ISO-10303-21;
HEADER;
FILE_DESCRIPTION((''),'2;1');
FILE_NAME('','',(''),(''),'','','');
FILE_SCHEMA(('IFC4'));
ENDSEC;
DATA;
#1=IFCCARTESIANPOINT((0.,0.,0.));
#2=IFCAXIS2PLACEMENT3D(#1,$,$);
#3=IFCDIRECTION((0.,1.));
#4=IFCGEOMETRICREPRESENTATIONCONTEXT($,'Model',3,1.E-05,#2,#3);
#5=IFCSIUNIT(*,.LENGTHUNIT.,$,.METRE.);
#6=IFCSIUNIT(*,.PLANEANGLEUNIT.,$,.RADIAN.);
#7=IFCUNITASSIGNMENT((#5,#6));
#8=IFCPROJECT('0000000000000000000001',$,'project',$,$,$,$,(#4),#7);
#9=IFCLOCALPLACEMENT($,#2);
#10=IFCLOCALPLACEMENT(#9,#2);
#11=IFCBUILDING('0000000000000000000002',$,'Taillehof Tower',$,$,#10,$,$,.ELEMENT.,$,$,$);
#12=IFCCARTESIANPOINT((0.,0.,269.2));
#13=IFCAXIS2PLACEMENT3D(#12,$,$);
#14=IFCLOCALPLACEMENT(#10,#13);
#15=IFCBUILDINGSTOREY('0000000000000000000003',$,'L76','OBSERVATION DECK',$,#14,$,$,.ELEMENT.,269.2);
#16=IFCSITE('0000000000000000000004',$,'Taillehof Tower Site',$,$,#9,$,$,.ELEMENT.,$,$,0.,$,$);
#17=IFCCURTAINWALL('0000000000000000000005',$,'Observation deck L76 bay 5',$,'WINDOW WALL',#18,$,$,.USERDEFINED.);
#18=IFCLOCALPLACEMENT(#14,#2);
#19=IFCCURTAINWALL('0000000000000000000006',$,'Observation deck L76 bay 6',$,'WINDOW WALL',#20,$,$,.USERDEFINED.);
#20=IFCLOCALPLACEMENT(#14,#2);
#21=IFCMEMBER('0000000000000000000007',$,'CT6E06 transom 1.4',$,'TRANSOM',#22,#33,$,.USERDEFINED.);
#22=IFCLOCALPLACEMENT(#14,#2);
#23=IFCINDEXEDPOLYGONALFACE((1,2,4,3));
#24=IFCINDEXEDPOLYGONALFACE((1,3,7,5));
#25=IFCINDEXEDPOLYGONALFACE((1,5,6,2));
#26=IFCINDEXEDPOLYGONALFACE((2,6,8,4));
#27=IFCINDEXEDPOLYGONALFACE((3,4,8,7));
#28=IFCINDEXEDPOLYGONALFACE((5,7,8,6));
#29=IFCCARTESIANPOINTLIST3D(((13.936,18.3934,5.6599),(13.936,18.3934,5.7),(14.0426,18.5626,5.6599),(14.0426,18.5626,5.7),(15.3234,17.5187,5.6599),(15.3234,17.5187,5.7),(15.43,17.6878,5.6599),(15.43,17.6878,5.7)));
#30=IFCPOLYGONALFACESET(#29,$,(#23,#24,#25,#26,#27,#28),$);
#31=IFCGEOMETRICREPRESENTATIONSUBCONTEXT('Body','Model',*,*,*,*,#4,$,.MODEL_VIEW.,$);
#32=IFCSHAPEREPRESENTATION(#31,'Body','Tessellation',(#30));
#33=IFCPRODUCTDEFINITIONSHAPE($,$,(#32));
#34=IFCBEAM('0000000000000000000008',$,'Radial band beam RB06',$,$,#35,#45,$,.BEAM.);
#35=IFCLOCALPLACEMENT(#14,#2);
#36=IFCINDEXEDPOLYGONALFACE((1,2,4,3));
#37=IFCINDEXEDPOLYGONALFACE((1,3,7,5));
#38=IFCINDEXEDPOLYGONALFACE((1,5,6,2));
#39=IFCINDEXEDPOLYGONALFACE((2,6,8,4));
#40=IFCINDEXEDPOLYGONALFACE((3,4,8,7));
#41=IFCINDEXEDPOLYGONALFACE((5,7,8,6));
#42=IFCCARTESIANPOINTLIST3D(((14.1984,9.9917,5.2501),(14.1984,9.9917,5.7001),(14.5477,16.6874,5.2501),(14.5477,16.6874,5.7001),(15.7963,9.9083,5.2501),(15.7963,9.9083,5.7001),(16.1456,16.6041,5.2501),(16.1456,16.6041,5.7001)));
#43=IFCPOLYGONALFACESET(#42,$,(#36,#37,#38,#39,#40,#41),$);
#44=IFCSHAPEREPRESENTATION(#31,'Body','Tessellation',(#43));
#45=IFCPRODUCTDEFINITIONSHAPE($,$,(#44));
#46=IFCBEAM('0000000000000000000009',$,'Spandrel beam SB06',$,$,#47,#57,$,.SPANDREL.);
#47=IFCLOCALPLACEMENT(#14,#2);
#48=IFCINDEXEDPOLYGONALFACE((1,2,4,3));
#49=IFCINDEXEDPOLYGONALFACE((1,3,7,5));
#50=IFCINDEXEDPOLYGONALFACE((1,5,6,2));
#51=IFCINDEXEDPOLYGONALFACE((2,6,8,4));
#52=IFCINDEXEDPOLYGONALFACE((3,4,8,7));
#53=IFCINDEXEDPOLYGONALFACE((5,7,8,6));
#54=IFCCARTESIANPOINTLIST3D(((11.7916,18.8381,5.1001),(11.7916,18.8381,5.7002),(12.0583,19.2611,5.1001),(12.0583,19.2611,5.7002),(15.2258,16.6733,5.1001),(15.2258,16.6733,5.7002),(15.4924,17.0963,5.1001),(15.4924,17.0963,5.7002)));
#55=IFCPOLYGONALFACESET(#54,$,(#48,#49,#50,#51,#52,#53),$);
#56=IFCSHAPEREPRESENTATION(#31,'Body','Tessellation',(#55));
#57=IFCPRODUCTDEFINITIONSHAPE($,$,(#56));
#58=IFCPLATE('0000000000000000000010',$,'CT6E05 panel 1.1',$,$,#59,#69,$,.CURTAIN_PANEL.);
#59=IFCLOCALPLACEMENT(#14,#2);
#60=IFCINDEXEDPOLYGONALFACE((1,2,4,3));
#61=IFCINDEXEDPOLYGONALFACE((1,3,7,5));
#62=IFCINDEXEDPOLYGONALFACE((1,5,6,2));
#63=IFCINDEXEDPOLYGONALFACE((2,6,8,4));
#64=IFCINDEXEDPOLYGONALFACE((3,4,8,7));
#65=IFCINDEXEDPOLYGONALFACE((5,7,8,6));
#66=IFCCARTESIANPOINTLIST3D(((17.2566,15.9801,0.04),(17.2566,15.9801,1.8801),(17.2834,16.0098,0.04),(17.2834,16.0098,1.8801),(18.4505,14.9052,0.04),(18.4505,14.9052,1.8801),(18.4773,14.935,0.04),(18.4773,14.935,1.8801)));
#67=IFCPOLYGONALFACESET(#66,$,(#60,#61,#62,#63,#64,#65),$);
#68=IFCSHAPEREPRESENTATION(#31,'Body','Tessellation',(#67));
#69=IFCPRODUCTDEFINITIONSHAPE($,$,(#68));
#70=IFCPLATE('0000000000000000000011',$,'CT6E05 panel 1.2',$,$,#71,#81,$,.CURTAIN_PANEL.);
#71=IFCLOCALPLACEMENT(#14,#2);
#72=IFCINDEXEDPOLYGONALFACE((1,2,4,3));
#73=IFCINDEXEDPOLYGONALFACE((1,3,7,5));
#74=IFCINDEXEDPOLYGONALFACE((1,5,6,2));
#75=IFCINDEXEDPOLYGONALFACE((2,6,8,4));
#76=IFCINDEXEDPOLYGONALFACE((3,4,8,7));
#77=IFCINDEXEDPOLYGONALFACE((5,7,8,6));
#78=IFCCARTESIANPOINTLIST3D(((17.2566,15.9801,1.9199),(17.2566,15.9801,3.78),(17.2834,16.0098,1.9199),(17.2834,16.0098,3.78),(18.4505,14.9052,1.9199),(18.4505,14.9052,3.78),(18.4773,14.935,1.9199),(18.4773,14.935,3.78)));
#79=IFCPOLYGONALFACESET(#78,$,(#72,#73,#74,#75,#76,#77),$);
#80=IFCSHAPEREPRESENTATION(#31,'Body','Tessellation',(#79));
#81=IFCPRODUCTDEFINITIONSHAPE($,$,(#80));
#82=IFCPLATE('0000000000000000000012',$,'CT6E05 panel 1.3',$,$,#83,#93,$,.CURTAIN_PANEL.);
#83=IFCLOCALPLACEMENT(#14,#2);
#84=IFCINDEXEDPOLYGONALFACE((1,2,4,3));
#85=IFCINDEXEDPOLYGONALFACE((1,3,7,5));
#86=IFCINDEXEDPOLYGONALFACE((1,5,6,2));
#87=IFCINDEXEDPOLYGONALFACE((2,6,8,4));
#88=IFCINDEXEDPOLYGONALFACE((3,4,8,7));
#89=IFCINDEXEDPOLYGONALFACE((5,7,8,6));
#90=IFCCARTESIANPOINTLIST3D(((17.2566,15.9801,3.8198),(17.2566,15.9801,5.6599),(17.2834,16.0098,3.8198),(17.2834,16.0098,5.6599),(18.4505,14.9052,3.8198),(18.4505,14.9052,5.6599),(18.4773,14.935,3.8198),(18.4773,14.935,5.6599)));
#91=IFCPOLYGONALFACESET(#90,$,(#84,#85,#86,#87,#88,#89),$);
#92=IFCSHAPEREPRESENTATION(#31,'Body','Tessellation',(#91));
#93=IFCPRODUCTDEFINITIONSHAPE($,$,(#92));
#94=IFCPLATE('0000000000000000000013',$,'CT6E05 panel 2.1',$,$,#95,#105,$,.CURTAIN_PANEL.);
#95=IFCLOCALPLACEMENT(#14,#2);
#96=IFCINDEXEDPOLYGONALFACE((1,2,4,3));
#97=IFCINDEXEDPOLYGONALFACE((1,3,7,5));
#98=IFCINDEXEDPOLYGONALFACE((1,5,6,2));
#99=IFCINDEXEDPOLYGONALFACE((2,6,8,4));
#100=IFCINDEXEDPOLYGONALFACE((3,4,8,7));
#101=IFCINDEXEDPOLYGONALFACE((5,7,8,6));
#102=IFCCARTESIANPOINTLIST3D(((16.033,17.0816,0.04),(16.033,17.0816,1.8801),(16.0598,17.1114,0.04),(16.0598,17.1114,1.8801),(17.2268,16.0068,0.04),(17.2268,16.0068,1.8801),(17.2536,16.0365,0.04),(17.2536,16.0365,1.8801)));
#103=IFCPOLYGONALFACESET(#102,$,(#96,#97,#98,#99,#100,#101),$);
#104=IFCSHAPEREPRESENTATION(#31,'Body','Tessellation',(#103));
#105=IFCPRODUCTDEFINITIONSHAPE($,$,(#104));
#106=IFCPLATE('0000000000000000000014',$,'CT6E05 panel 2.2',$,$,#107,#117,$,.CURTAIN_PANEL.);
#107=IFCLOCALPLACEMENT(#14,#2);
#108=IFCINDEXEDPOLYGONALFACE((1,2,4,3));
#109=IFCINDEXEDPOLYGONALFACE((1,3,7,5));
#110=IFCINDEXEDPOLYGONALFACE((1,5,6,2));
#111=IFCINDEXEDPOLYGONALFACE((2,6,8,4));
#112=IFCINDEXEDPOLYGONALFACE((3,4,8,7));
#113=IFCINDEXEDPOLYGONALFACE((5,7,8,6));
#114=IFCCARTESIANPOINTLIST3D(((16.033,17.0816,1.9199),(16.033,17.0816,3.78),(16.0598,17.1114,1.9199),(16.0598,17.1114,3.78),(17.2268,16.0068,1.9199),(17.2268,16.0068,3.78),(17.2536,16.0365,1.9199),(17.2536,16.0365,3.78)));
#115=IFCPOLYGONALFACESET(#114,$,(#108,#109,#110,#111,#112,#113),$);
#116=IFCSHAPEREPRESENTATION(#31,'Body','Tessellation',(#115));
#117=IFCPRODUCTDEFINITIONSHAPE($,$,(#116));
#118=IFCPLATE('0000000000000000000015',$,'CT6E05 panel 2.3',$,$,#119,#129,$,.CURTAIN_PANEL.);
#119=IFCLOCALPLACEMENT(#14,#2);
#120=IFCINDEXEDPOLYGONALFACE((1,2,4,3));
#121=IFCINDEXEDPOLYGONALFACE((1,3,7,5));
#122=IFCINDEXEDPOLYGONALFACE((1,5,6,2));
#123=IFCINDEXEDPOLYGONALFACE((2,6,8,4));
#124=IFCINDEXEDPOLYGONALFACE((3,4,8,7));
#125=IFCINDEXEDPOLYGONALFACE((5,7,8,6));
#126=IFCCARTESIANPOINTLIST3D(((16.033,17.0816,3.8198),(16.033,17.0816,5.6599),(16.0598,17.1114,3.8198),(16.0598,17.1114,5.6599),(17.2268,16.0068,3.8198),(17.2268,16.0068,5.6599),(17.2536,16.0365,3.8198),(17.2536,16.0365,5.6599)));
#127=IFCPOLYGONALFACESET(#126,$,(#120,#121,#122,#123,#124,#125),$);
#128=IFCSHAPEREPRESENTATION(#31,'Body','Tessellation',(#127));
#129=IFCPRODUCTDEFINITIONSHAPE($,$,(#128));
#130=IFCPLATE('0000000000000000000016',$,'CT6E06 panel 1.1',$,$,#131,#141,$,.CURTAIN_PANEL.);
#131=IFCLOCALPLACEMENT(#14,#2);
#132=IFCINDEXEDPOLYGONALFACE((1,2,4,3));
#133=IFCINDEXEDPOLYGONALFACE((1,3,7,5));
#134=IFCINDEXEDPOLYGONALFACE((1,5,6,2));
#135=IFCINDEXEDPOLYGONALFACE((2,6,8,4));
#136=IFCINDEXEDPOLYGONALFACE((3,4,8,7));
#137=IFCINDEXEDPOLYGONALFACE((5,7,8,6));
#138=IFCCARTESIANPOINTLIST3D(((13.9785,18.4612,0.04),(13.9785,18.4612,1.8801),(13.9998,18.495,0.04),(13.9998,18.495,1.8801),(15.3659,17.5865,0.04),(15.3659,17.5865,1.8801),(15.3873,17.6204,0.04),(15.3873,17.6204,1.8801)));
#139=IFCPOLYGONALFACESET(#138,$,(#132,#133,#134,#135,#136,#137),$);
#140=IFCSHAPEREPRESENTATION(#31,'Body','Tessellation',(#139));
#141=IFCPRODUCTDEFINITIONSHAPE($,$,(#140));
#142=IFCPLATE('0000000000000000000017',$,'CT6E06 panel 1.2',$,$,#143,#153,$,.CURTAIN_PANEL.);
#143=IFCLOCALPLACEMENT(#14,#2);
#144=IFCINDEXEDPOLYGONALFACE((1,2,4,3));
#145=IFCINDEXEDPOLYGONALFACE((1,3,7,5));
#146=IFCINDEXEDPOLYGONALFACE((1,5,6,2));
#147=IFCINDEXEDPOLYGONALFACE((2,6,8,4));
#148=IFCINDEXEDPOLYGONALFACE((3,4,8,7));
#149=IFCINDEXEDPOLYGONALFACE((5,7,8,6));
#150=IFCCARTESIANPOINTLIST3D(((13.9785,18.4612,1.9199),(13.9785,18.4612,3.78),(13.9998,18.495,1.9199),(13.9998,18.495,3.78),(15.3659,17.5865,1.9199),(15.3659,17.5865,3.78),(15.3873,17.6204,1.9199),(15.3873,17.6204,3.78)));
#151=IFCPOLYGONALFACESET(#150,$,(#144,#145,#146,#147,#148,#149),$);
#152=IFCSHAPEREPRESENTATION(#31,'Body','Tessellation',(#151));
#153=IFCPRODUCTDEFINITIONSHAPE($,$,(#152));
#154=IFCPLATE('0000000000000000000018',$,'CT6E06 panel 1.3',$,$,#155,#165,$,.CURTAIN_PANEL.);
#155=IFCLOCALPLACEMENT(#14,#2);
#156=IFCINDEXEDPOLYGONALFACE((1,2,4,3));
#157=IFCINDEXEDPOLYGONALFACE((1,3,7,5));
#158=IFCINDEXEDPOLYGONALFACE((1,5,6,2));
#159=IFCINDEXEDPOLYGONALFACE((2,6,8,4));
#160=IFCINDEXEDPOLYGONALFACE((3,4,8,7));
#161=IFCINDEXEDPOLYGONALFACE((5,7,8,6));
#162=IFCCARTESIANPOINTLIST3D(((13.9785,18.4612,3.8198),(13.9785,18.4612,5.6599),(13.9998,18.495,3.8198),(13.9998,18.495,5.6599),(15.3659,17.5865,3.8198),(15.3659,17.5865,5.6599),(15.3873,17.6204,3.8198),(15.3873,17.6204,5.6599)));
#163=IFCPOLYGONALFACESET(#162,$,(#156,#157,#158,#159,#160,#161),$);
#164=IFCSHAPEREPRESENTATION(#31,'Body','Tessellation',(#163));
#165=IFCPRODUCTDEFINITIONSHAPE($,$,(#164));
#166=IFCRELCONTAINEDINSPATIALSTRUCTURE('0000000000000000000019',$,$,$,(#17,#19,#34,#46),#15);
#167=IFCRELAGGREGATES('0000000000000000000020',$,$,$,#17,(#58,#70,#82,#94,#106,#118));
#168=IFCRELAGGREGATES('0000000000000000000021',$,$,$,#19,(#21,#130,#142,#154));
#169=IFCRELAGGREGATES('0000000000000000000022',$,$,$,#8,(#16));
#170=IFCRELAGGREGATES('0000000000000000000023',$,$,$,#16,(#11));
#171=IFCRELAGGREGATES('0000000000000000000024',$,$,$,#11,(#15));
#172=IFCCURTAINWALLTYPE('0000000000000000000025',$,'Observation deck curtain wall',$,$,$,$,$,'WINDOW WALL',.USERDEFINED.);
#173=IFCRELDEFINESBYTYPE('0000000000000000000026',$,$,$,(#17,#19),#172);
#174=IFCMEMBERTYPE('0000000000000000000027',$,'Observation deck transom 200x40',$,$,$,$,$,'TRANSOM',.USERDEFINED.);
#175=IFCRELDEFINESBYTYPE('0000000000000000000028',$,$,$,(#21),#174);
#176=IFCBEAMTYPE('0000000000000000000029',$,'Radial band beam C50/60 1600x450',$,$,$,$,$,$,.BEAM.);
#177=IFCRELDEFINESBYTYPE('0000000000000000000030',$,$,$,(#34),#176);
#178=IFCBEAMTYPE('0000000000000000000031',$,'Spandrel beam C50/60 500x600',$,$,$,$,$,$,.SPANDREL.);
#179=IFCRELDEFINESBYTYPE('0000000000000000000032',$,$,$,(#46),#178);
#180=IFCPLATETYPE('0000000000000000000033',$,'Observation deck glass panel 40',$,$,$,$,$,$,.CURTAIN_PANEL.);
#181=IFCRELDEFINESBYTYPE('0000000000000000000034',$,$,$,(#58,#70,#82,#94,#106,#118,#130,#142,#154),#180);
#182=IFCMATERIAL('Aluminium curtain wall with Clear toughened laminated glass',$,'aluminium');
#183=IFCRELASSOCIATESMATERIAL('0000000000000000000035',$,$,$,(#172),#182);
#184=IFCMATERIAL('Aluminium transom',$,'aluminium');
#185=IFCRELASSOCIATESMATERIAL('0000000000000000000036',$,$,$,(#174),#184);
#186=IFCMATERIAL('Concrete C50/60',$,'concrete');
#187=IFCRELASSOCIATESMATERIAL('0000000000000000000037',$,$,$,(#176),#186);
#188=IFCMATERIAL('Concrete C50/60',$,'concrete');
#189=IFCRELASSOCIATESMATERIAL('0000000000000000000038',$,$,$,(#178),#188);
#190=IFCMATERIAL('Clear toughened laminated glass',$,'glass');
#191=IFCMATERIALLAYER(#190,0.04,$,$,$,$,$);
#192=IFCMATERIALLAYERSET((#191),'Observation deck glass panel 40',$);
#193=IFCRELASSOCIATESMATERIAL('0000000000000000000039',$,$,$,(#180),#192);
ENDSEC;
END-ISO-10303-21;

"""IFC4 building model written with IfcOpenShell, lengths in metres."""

from ifc_helpers import new_model, si_unit, direction, frame, origin, origin_2d, place, context, subcontext, project, spatial, rectangle, extrude, material, layer, layer_set, material_profile, profile_set, type_object, element, aggregate, save


model = new_model("IFC4")

# Units and contexts
model_context = context("Model", 3, precision=1e-05, world=origin(), true_north=direction((0.0, 1.0)))
body_context = subcontext(model_context, "Body", "Model", "MODEL_VIEW")
ifc_project = project(units=[si_unit("LENGTHUNIT", "METRE"), si_unit("PLANEANGLEUNIT", "RADIAN")], contexts=[model_context])

# Site, building, storey
site_placement = place(None, origin())
site = spatial("IfcSite", under=ifc_project, at=site_placement, Name="Taillehof Tower Site", CompositionType="ELEMENT", RefElevation=0.0)
building_placement = place(site_placement, origin())
building = spatial("IfcBuilding", under=site, at=building_placement, Name="Taillehof Tower", CompositionType="ELEMENT")
storey_placement = place(building_placement, frame((0.0, 0.0, 269.2)))
storey = spatial("IfcBuildingStorey", under=building, at=storey_placement, Name="L76", Description="OBSERVATION DECK", CompositionType="ELEMENT", Elevation=269.2)

# Curtain wall
ifc_material_1 = material(Name="Aluminium curtain wall with Clear toughened laminated glass", Category="aluminium")
curtain_wall_type = type_object("IfcCurtainWallType", Name="Observation deck curtain wall", ElementType="WINDOW WALL", PredefinedType="USERDEFINED", material=ifc_material_1)
curtain_wall_1_placement = place(storey_placement, origin())
curtain_wall_1 = element("IfcCurtainWall", 1, at=curtain_wall_1_placement, inside=storey, type_object=curtain_wall_type, Name="Observation deck L76 bay 5", ObjectType="WINDOW WALL", PredefinedType="USERDEFINED")

# Curtain wall
curtain_wall_2_placement = place(storey_placement, origin())
curtain_wall_2 = element("IfcCurtainWall", 2, at=curtain_wall_2_placement, inside=storey, type_object=curtain_wall_type, Name="Observation deck L76 bay 6", ObjectType="WINDOW WALL", PredefinedType="USERDEFINED")

# Member
ifc_material_2 = material(Name="Aluminium transom", Category="aluminium")
ifc_material_profile_1 = material_profile(ifc_material_2, rectangle(XDim=0.2, YDim=0.04, at=origin_2d()), Name="AL 200x40")
ifc_profile_set_1 = profile_set([ifc_material_profile_1], Name="Aluminium transom")
member_type_1 = type_object("IfcMemberType", Name="Observation deck transom 200x40", ElementType="TRANSOM", PredefinedType="USERDEFINED", material=ifc_profile_set_1)
member_1_placement = place(storey_placement, frame((15.3767, 17.6033, 5.6799), z_axis=(-0.84591, 0.533326, 0.0), x_axis=(-0.533326, -0.84591, 0.0)))
member_1 = element("IfcMember", 3, at=member_1_placement, type_object=member_type_1, Name="CT6E06 transom 1.4", ObjectType="TRANSOM", PredefinedType="USERDEFINED", context=body_context, shape_type="SweptSolid", body=[
    extrude(rectangle(XDim=0.2, YDim=0.04, at=origin_2d()), origin(), (0.0, 0.0, 1.0), 1.6401),
])

# Beams
ifc_material_3 = material(Name="Concrete C50/60", Category="concrete")
ifc_material_profile_2 = material_profile(ifc_material_3, rectangle(XDim=1.6001, YDim=0.45, at=origin_2d()), Name="RC 1600x450")
ifc_profile_set_2 = profile_set([ifc_material_profile_2], Name="Concrete C50/60")
beam_type_1 = type_object("IfcBeamType", Name="Radial band beam C50/60 1600x450", PredefinedType="BEAM", material=ifc_profile_set_2)
beam_1_placement = place(storey_placement, frame((15.3467, 16.6458, 5.4751), z_axis=(-0.052106, -0.998642, 0.0), x_axis=(0.998642, -0.052106, 0.0)))
element("IfcBeam", 4, at=beam_1_placement, inside=storey, type_object=beam_type_1, Name="Radial band beam RB06", PredefinedType="BEAM", context=body_context, shape_type="SweptSolid", body=[
    extrude(rectangle(XDim=1.6001, YDim=0.45, at=origin_2d()), origin(), (0.0, 0.0, 1.0), 6.7048),
])
ifc_material_4 = material(Name="Concrete C50/60", Category="concrete")
ifc_material_profile_3 = material_profile(ifc_material_4, rectangle(XDim=0.5, YDim=0.6001, at=origin_2d()), Name="RC 500x600")
ifc_profile_set_3 = profile_set([ifc_material_profile_3], Name="Concrete C50/60")
beam_type_2 = type_object("IfcBeamType", Name="Spandrel beam C50/60 500x600", PredefinedType="SPANDREL", material=ifc_profile_set_3)
beam_2_placement = place(storey_placement, frame((15.3591, 16.8848, 5.4001), z_axis=(-0.845944, 0.533271, 0.0), x_axis=(-0.533271, -0.845944, 0.0)))
element("IfcBeam", 5, at=beam_2_placement, inside=storey, type_object=beam_type_2, Name="Spandrel beam SB06", PredefinedType="SPANDREL", context=body_context, shape_type="SweptSolid", body=[
    extrude(rectangle(XDim=0.5, YDim=0.6001, at=origin_2d()), origin(), (0.0, 0.0, 1.0), 4.0596),
])

# Plates
ifc_material_5 = material(Name="Clear toughened laminated glass", Category="glass")
ifc_layer = layer(ifc_material_5, 0.04)
ifc_layer_set = layer_set([ifc_layer], Name="Observation deck glass panel 40")
plate_type = type_object("IfcPlateType", Name="Observation deck glass panel 40", PredefinedType="CURTAIN_PANEL", material=ifc_layer_set)
plate_1_placement = place(storey_placement, frame((17.8669, 15.4575, 0.04), z_axis=(0.0, 0.0, 1.0), x_axis=(-0.743166, 0.669107, 0.0)))
plate_1 = element("IfcPlate", 6, at=plate_1_placement, type_object=plate_type, Name="CT6E05 panel 1.1", PredefinedType="CURTAIN_PANEL", context=body_context, shape_type="SweptSolid", body=[
    extrude(rectangle(XDim=1.6064, YDim=0.04, at=origin_2d()), origin(), (0.0, 0.0, 1.0), 1.8401),
])
plate_2_placement = place(storey_placement, frame((17.8669, 15.4575, 1.9199), z_axis=(0.0, 0.0, 1.0), x_axis=(-0.743166, 0.669107, 0.0)))
plate_2 = element("IfcPlate", 7, at=plate_2_placement, type_object=plate_type, Name="CT6E05 panel 1.2", PredefinedType="CURTAIN_PANEL", context=body_context, shape_type="SweptSolid", body=[
    extrude(rectangle(XDim=1.6064, YDim=0.04, at=origin_2d()), origin(), (0.0, 0.0, 1.0), 1.8601),
])
plate_3_placement = place(storey_placement, frame((17.8669, 15.4575, 3.8198), z_axis=(0.0, 0.0, 1.0), x_axis=(-0.743166, 0.669107, 0.0)))
plate_3 = element("IfcPlate", 8, at=plate_3_placement, type_object=plate_type, Name="CT6E05 panel 1.3", PredefinedType="CURTAIN_PANEL", context=body_context, shape_type="SweptSolid", body=[
    extrude(rectangle(XDim=1.6064, YDim=0.04, at=origin_2d()), origin(), (0.0, 0.0, 1.0), 1.8401),
])
plate_4_placement = place(storey_placement, frame((16.6433, 16.5591, 0.04), z_axis=(0.0, 0.0, 1.0), x_axis=(-0.743166, 0.669107, 0.0)))
plate_4 = element("IfcPlate", 9, at=plate_4_placement, type_object=plate_type, Name="CT6E05 panel 2.1", PredefinedType="CURTAIN_PANEL", context=body_context, shape_type="SweptSolid", body=[
    extrude(rectangle(XDim=1.6064, YDim=0.04, at=origin_2d()), origin(), (0.0, 0.0, 1.0), 1.8401),
])
plate_5_placement = place(storey_placement, frame((16.6433, 16.5591, 1.9199), z_axis=(0.0, 0.0, 1.0), x_axis=(-0.743166, 0.669107, 0.0)))
plate_5 = element("IfcPlate", 10, at=plate_5_placement, type_object=plate_type, Name="CT6E05 panel 2.2", PredefinedType="CURTAIN_PANEL", context=body_context, shape_type="SweptSolid", body=[
    extrude(rectangle(XDim=1.6064, YDim=0.04, at=origin_2d()), origin(), (0.0, 0.0, 1.0), 1.8601),
])
plate_6_placement = place(storey_placement, frame((16.6433, 16.5591, 3.8198), z_axis=(0.0, 0.0, 1.0), x_axis=(-0.743166, 0.669107, 0.0)))
plate_6 = element("IfcPlate", 11, at=plate_6_placement, type_object=plate_type, Name="CT6E05 panel 2.3", PredefinedType="CURTAIN_PANEL", context=body_context, shape_type="SweptSolid", body=[
    extrude(rectangle(XDim=1.6064, YDim=0.04, at=origin_2d()), origin(), (0.0, 0.0, 1.0), 1.8401),
])
aggregate(curtain_wall_1, [plate_1, plate_2, plate_3, plate_4, plate_5, plate_6])
plate_7_placement = place(storey_placement, frame((14.6829, 18.0408, 0.04), z_axis=(0.0, 0.0, 1.0), x_axis=(-0.84593, 0.533294, 0.0)))
plate_7 = element("IfcPlate", 12, at=plate_7_placement, type_object=plate_type, Name="CT6E06 panel 1.1", PredefinedType="CURTAIN_PANEL", context=body_context, shape_type="SweptSolid", body=[
    extrude(rectangle(XDim=1.6401, YDim=0.04, at=origin_2d()), origin(), (0.0, 0.0, 1.0), 1.8401),
])
plate_8_placement = place(storey_placement, frame((14.6829, 18.0408, 1.9199), z_axis=(0.0, 0.0, 1.0), x_axis=(-0.84593, 0.533294, 0.0)))
plate_8 = element("IfcPlate", 13, at=plate_8_placement, type_object=plate_type, Name="CT6E06 panel 1.2", PredefinedType="CURTAIN_PANEL", context=body_context, shape_type="SweptSolid", body=[
    extrude(rectangle(XDim=1.6401, YDim=0.04, at=origin_2d()), origin(), (0.0, 0.0, 1.0), 1.8601),
])
plate_9_placement = place(storey_placement, frame((14.6829, 18.0408, 3.8198), z_axis=(0.0, 0.0, 1.0), x_axis=(-0.84593, 0.533294, 0.0)))
plate_9 = element("IfcPlate", 14, at=plate_9_placement, type_object=plate_type, Name="CT6E06 panel 1.3", PredefinedType="CURTAIN_PANEL", context=body_context, shape_type="SweptSolid", body=[
    extrude(rectangle(XDim=1.6401, YDim=0.04, at=origin_2d()), origin(), (0.0, 0.0, 1.0), 1.8401),
])
aggregate(curtain_wall_2, [member_1, plate_7, plate_8, plate_9])

save(model, "model.ifc")
